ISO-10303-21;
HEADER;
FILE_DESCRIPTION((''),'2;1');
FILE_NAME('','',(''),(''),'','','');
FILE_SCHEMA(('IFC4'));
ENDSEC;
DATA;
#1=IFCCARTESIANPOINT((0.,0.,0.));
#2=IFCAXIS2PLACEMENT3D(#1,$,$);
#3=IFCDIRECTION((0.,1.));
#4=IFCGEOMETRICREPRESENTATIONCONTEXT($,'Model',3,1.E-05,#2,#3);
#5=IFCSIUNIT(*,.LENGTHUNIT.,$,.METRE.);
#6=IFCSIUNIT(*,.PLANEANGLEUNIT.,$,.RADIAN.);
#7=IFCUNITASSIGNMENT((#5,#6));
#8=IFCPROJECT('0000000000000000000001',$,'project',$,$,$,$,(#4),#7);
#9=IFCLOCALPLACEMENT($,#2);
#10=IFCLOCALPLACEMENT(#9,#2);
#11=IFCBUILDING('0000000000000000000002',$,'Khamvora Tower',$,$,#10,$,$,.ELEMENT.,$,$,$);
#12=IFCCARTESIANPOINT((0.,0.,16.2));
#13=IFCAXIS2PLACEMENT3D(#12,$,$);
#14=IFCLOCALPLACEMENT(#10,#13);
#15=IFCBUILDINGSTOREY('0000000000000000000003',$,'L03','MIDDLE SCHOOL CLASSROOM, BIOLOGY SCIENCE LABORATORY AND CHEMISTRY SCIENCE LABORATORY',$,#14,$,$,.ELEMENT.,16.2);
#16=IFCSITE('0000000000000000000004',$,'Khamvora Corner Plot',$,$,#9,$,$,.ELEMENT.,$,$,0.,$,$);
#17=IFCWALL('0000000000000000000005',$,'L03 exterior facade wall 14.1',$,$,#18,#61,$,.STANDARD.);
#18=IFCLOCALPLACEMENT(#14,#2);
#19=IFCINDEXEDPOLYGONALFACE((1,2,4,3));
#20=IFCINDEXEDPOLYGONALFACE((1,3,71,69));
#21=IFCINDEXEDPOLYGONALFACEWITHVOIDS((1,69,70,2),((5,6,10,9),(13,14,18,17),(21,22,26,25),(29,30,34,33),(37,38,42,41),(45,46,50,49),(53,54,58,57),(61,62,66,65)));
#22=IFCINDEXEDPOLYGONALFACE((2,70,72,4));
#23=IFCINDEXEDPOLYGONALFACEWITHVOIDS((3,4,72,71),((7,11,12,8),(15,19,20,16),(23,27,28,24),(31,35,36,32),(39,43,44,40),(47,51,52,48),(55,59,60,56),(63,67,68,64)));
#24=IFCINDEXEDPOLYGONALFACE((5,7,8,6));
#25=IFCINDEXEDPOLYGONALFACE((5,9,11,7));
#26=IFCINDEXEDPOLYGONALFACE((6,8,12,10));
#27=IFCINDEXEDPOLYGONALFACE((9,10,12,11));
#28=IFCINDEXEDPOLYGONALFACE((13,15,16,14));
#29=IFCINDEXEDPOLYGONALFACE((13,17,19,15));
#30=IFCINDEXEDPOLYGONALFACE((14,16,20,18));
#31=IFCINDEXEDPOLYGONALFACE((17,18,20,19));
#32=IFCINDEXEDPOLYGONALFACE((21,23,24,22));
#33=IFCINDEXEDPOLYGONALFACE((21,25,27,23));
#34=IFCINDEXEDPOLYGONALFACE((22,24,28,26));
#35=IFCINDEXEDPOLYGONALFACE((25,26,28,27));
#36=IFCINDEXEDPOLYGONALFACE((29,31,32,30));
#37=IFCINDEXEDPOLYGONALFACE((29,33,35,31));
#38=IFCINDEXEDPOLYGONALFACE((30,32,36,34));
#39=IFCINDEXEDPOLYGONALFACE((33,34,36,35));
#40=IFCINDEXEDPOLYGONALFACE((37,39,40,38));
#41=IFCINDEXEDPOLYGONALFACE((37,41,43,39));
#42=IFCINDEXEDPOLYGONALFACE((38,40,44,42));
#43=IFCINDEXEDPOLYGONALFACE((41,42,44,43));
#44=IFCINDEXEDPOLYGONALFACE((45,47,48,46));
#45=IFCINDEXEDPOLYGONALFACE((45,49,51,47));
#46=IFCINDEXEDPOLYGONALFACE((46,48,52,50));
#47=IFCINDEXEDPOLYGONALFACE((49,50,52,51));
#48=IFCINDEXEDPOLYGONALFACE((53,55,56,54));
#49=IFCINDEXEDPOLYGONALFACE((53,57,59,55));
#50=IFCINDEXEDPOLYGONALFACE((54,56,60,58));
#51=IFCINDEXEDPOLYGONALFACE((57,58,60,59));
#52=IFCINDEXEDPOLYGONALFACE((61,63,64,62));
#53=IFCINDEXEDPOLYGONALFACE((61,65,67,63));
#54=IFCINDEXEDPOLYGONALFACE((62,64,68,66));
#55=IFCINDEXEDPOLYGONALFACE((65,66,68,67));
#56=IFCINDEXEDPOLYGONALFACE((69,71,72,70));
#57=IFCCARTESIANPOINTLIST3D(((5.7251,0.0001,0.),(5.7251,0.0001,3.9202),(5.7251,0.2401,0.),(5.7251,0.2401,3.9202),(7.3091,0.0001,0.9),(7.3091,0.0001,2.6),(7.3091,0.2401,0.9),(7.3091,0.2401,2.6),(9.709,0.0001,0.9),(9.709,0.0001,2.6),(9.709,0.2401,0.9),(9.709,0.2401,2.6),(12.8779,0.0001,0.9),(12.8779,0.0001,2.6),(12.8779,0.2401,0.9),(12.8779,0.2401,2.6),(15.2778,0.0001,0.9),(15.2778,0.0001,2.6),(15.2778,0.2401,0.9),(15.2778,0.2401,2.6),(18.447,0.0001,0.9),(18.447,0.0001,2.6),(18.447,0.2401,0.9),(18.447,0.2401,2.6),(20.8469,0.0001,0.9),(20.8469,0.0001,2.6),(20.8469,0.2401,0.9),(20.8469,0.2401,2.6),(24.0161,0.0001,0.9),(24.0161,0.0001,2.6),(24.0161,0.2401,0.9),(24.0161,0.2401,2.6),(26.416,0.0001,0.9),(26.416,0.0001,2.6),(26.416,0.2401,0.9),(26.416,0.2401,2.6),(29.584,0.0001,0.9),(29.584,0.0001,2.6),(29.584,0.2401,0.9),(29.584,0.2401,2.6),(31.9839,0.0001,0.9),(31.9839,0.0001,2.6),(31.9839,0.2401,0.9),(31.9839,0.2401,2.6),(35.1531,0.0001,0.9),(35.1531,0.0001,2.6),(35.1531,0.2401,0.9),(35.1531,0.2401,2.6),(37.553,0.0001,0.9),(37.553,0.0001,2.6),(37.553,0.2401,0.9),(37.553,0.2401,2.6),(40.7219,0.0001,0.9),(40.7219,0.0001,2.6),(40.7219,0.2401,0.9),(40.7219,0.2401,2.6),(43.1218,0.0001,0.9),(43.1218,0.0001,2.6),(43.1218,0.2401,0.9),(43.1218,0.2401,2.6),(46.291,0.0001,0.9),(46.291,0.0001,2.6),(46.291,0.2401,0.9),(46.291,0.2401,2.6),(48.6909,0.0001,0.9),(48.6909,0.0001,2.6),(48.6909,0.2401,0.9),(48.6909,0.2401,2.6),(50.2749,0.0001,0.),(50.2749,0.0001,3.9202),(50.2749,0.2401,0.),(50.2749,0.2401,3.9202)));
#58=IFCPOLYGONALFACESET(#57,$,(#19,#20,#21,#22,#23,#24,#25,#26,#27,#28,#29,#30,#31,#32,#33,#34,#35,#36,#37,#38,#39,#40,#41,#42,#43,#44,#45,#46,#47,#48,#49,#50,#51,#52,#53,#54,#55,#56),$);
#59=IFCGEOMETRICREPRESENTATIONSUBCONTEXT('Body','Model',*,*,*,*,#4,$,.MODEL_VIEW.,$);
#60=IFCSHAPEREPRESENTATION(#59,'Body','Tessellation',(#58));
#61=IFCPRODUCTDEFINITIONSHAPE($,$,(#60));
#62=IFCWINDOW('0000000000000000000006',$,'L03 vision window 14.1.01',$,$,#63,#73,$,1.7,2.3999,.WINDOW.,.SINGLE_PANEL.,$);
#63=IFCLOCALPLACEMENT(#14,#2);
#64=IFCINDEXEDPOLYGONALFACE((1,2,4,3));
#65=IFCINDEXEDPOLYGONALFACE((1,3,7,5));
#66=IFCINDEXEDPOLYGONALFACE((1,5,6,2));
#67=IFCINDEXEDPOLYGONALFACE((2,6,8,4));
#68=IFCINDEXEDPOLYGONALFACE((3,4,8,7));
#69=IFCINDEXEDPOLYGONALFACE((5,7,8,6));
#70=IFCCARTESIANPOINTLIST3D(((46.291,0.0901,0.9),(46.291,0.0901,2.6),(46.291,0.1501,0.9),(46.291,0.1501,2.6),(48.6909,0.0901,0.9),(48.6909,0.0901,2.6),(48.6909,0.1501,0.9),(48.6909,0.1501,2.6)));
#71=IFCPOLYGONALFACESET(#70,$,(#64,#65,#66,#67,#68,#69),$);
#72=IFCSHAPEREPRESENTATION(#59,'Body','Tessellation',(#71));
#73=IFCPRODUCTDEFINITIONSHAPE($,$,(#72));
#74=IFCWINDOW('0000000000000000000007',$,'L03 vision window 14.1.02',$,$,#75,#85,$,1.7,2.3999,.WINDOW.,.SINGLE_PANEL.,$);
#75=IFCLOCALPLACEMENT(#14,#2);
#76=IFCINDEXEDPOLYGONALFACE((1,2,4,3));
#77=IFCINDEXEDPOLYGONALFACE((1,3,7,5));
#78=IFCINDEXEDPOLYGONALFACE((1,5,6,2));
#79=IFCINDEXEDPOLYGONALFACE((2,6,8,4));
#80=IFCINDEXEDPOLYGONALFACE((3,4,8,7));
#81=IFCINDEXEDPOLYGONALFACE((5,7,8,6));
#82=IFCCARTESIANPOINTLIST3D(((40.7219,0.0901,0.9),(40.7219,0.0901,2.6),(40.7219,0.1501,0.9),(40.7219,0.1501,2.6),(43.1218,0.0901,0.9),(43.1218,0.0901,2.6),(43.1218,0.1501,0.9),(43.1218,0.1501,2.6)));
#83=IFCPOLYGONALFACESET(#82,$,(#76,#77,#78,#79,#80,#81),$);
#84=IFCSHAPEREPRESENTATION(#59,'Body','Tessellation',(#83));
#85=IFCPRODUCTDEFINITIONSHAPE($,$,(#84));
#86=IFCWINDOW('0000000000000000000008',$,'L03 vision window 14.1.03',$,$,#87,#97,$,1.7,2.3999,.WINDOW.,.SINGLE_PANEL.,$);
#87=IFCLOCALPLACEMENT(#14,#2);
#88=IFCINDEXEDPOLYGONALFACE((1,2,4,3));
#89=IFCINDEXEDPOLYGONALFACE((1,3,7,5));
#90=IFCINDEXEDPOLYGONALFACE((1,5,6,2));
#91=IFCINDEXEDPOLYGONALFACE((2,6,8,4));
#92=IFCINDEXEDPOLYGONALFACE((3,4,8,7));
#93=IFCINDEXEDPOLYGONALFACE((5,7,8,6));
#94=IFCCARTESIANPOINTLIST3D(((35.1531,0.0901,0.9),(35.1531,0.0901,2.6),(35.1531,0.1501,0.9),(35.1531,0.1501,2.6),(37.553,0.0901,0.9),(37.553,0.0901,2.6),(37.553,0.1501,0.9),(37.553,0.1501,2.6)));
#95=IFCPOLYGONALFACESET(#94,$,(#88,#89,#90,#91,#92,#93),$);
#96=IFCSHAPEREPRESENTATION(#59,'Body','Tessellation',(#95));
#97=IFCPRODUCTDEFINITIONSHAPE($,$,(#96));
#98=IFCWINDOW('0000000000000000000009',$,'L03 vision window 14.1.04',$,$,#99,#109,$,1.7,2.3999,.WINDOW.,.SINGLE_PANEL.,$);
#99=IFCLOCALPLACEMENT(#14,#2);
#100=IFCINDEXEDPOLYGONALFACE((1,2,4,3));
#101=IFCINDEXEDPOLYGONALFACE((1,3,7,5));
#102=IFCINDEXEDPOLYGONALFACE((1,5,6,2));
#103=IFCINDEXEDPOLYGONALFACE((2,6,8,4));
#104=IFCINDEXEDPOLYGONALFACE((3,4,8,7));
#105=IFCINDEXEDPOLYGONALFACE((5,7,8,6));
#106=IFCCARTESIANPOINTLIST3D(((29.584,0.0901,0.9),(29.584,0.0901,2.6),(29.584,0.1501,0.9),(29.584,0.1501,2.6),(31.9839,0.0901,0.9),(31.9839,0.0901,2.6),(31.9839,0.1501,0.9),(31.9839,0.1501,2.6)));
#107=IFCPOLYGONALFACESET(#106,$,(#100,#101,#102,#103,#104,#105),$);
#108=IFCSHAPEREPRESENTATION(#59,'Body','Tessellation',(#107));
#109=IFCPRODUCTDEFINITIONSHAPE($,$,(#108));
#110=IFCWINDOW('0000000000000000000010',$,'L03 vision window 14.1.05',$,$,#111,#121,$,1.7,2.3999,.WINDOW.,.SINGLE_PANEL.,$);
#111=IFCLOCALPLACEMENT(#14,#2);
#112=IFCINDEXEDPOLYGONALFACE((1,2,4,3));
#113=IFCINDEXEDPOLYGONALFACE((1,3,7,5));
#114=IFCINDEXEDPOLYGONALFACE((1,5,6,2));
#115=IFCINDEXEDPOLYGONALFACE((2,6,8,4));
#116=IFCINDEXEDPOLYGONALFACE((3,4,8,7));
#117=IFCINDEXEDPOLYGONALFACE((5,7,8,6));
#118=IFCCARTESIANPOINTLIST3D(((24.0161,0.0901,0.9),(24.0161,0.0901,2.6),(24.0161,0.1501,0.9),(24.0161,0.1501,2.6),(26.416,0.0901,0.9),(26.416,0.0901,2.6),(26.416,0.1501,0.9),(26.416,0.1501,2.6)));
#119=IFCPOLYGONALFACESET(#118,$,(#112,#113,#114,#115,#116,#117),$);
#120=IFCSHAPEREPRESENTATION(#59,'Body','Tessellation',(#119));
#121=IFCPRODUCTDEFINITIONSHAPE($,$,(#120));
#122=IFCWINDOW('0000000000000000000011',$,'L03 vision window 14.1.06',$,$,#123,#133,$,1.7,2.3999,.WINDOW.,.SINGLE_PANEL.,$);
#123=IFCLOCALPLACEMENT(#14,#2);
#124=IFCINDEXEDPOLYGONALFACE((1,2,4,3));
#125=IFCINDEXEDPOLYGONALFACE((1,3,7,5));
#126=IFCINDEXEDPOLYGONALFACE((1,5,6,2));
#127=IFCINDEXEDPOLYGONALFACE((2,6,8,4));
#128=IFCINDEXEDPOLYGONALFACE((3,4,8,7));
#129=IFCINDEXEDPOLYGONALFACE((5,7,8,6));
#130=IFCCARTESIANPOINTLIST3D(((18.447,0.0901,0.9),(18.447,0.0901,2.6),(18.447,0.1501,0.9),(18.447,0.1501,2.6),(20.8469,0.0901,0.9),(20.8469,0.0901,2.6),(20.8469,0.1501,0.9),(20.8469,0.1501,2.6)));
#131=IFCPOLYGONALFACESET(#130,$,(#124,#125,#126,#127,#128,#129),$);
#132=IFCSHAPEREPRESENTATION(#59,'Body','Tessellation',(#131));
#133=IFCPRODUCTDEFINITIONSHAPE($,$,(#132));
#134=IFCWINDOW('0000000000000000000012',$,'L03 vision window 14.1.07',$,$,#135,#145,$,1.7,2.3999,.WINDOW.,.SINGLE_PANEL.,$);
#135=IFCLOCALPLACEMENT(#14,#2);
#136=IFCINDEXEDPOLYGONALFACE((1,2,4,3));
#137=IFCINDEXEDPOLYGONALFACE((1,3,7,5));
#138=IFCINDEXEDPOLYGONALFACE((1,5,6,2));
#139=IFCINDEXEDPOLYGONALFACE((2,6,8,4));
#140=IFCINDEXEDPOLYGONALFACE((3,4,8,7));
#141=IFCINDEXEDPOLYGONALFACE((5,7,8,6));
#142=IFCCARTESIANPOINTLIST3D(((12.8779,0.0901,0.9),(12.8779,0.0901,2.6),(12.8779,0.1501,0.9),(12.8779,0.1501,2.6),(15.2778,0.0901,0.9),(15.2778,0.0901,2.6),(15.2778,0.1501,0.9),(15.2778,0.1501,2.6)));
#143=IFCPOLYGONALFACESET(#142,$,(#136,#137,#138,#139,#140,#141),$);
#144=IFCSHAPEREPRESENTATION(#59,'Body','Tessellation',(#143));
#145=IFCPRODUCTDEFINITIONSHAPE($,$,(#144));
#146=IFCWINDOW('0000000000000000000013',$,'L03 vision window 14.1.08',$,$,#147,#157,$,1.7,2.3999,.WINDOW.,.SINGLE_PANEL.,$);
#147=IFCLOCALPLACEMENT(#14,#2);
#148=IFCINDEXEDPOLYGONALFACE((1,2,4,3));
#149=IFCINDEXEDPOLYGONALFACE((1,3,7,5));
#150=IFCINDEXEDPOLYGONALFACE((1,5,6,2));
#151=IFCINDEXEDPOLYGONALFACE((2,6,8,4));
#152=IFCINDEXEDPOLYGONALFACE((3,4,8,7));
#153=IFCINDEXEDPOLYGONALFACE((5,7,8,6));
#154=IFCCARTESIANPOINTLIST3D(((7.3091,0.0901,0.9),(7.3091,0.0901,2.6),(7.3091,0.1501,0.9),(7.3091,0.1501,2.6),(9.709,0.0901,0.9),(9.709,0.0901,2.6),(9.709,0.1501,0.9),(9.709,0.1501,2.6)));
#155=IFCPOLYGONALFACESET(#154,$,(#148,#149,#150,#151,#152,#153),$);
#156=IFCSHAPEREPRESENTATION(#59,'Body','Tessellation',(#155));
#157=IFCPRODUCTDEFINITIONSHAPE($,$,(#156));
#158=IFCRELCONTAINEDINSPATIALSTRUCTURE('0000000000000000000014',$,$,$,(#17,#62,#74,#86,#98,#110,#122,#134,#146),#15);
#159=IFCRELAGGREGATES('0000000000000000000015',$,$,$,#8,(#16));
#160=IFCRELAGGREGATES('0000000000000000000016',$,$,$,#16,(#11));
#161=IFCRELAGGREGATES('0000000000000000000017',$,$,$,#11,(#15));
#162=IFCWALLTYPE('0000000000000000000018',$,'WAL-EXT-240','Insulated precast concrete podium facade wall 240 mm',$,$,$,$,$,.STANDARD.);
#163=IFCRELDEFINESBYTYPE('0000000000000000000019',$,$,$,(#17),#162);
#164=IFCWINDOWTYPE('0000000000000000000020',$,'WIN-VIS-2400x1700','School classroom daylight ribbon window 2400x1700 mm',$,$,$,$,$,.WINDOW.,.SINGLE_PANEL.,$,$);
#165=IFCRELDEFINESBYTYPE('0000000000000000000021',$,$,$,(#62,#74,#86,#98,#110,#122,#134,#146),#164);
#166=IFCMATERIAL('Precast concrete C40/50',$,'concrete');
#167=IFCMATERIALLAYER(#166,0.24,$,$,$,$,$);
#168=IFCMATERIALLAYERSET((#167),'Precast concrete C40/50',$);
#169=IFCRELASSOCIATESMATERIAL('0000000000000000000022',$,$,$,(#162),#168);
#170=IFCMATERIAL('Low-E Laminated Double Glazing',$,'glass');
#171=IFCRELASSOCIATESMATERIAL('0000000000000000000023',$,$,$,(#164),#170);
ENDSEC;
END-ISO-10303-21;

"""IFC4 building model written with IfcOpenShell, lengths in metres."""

from ifc_helpers import new_model, si_unit, direction, frame, frame_2d, origin, place, context, subcontext, project, spatial, rectangle, extrude, material, layer, layer_set, type_object, element, fill, save


model = new_model("IFC4")

# Units and contexts
model_context = context("Model", 3, precision=1e-05, world=origin(), true_north=direction((0.0, 1.0)))
body_context = subcontext(model_context, "Body", "Model", "MODEL_VIEW")
ifc_project = project(units=[si_unit("LENGTHUNIT", "METRE"), si_unit("PLANEANGLEUNIT", "RADIAN")], contexts=[model_context])

# Site, building, storey
site_placement = place(None, origin())
site = spatial("IfcSite", under=ifc_project, at=site_placement, Name="Khamvora Corner Plot", CompositionType="ELEMENT", RefElevation=0.0)
building_placement = place(site_placement, origin())
building = spatial("IfcBuilding", under=site, at=building_placement, Name="Khamvora Tower", CompositionType="ELEMENT")
storey_placement = place(building_placement, frame((0.0, 0.0, 16.2)))
storey = spatial("IfcBuildingStorey", under=building, at=storey_placement, Name="L03", Description="MIDDLE SCHOOL CLASSROOM, BIOLOGY SCIENCE LABORATORY AND CHEMISTRY SCIENCE LABORATORY", CompositionType="ELEMENT", Elevation=16.2)

# Shared definitions
ifc_material_1 = material(Name="Precast concrete C40/50", Category="concrete")
ifc_layer_1 = layer(ifc_material_1, 0.24)
ifc_layer_set_1 = layer_set([ifc_layer_1], Name="Precast concrete C40/50")
wall_type_1 = type_object("IfcWallType", Name="WAL-EXT-240", Description="Insulated precast concrete podium facade wall 240 mm", PredefinedType="STANDARD", material=ifc_layer_set_1)

# Wall, openings, windows
wall_1_placement = place(storey_placement, frame((50.2749, 0.1201, 0.0), z_axis=(0.0, 0.0, 1.0), x_axis=(-1.0, 0.0, 0.0)))
wall_1 = element("IfcWall", 1, at=wall_1_placement, inside=storey, type_object=wall_type_1, Name="L03 exterior facade wall 14.1", PredefinedType="STANDARD", context=body_context, shape_type="SweptSolid", body=[
    extrude(rectangle(XDim=44.5498, YDim=0.24, at=frame_2d((22.2749, 0.0))), origin(), (0.0, 0.0, 1.0), 3.9202),
])
opening_1_placement = place(wall_1_placement, frame((1.584, 0.0, 0.8999)))
opening_1 = element("IfcOpeningElement", 2, at=opening_1_placement, cuts=wall_1, PredefinedType="OPENING", context=body_context, shape_type="SweptSolid", body=[
    extrude(rectangle(XDim=2.3999, YDim=1.7, at=frame_2d((1.2, 0.8501))), frame((0.0, 0.1299, 0.0), z_axis=(0.0, -1.0, 0.0), x_axis=(1.0, 0.0, 0.0)), (0.0, 0.0, 1.0), 0.26),
])
opening_2_placement = place(wall_1_placement, frame((7.1531, 0.0, 0.8999)))
opening_2 = element("IfcOpeningElement", 3, at=opening_2_placement, cuts=wall_1, PredefinedType="OPENING", context=body_context, shape_type="SweptSolid", body=[
    extrude(rectangle(XDim=2.3999, YDim=1.7, at=frame_2d((1.2, 0.8501))), frame((0.0, 0.1299, 0.0), z_axis=(0.0, -1.0, 0.0), x_axis=(1.0, 0.0, 0.0)), (0.0, 0.0, 1.0), 0.26),
])
opening_3_placement = place(wall_1_placement, frame((12.7219, 0.0, 0.8999)))
opening_3 = element("IfcOpeningElement", 4, at=opening_3_placement, cuts=wall_1, PredefinedType="OPENING", context=body_context, shape_type="SweptSolid", body=[
    extrude(rectangle(XDim=2.3999, YDim=1.7, at=frame_2d((1.2, 0.8501))), frame((0.0, 0.1299, 0.0), z_axis=(0.0, -1.0, 0.0), x_axis=(1.0, 0.0, 0.0)), (0.0, 0.0, 1.0), 0.26),
])
opening_4_placement = place(wall_1_placement, frame((18.291, 0.0, 0.8999)))
opening_4 = element("IfcOpeningElement", 5, at=opening_4_placement, cuts=wall_1, PredefinedType="OPENING", context=body_context, shape_type="SweptSolid", body=[
    extrude(rectangle(XDim=2.3999, YDim=1.7, at=frame_2d((1.2, 0.8501))), frame((0.0, 0.1299, 0.0), z_axis=(0.0, -1.0, 0.0), x_axis=(1.0, 0.0, 0.0)), (0.0, 0.0, 1.0), 0.26),
])
opening_5_placement = place(wall_1_placement, frame((23.8589, 0.0, 0.8999)))
opening_5 = element("IfcOpeningElement", 6, at=opening_5_placement, cuts=wall_1, PredefinedType="OPENING", context=body_context, shape_type="SweptSolid", body=[
    extrude(rectangle(XDim=2.3999, YDim=1.7, at=frame_2d((1.2, 0.8501))), frame((0.0, 0.1299, 0.0), z_axis=(0.0, -1.0, 0.0), x_axis=(1.0, 0.0, 0.0)), (0.0, 0.0, 1.0), 0.26),
])
opening_6_placement = place(wall_1_placement, frame((29.428, 0.0, 0.8999)))
opening_6 = element("IfcOpeningElement", 7, at=opening_6_placement, cuts=wall_1, PredefinedType="OPENING", context=body_context, shape_type="SweptSolid", body=[
    extrude(rectangle(XDim=2.3999, YDim=1.7, at=frame_2d((1.2, 0.8501))), frame((0.0, 0.1299, 0.0), z_axis=(0.0, -1.0, 0.0), x_axis=(1.0, 0.0, 0.0)), (0.0, 0.0, 1.0), 0.26),
])
opening_7_placement = place(wall_1_placement, frame((34.9971, 0.0, 0.8999)))
opening_7 = element("IfcOpeningElement", 8, at=opening_7_placement, cuts=wall_1, PredefinedType="OPENING", context=body_context, shape_type="SweptSolid", body=[
    extrude(rectangle(XDim=2.3999, YDim=1.7, at=frame_2d((1.2, 0.8501))), frame((0.0, 0.1299, 0.0), z_axis=(0.0, -1.0, 0.0), x_axis=(1.0, 0.0, 0.0)), (0.0, 0.0, 1.0), 0.26),
])
opening_8_placement = place(wall_1_placement, frame((40.5659, 0.0, 0.8999)))
opening_8 = element("IfcOpeningElement", 9, at=opening_8_placement, cuts=wall_1, PredefinedType="OPENING", context=body_context, shape_type="SweptSolid", body=[
    extrude(rectangle(XDim=2.3999, YDim=1.7, at=frame_2d((1.2, 0.8501))), frame((0.0, 0.1299, 0.0), z_axis=(0.0, -1.0, 0.0), x_axis=(1.0, 0.0, 0.0)), (0.0, 0.0, 1.0), 0.26),
])
ifc_material_2 = material(Name="Low-E Laminated Double Glazing", Category="glass")
window_type = type_object("IfcWindowType", Name="WIN-VIS-2400x1700", Description="School classroom daylight ribbon window 2400x1700 mm", PartitioningType="SINGLE_PANEL", PredefinedType="WINDOW", material=ifc_material_2)
window_1_placement = place(opening_1_placement, origin())
window_1 = element("IfcWindow", 10, at=window_1_placement, inside=storey, type_object=window_type, Name="L03 vision window 14.1.01", OverallHeight=1.7, OverallWidth=2.3999, PartitioningType="SINGLE_PANEL", PredefinedType="WINDOW", context=body_context, shape_type="SweptSolid", body=[
    extrude(rectangle(XDim=2.3999, YDim=1.7, at=frame_2d((1.2, 0.8501))), frame((0.0, 0.03, 0.0), z_axis=(0.0, -1.0, 0.0), x_axis=(1.0, 0.0, 0.0)), (0.0, 0.0, 1.0), 0.0601),
])
fill(opening_1, window_1)
window_2_placement = place(opening_2_placement, origin())
window_2 = element("IfcWindow", 11, at=window_2_placement, inside=storey, type_object=window_type, Name="L03 vision window 14.1.02", OverallHeight=1.7, OverallWidth=2.3999, PartitioningType="SINGLE_PANEL", PredefinedType="WINDOW", context=body_context, shape_type="SweptSolid", body=[
    extrude(rectangle(XDim=2.3999, YDim=1.7, at=frame_2d((1.2, 0.8501))), frame((0.0, 0.03, 0.0), z_axis=(0.0, -1.0, 0.0), x_axis=(1.0, 0.0, 0.0)), (0.0, 0.0, 1.0), 0.0601),
])
fill(opening_2, window_2)
window_3_placement = place(opening_3_placement, origin())
window_3 = element("IfcWindow", 12, at=window_3_placement, inside=storey, type_object=window_type, Name="L03 vision window 14.1.03", OverallHeight=1.7, OverallWidth=2.3999, PartitioningType="SINGLE_PANEL", PredefinedType="WINDOW", context=body_context, shape_type="SweptSolid", body=[
    extrude(rectangle(XDim=2.3999, YDim=1.7, at=frame_2d((1.2, 0.8501))), frame((0.0, 0.03, 0.0), z_axis=(0.0, -1.0, 0.0), x_axis=(1.0, 0.0, 0.0)), (0.0, 0.0, 1.0), 0.0601),
])
fill(opening_3, window_3)
window_4_placement = place(opening_4_placement, origin())
window_4 = element("IfcWindow", 13, at=window_4_placement, inside=storey, type_object=window_type, Name="L03 vision window 14.1.04", OverallHeight=1.7, OverallWidth=2.3999, PartitioningType="SINGLE_PANEL", PredefinedType="WINDOW", context=body_context, shape_type="SweptSolid", body=[
    extrude(rectangle(XDim=2.3999, YDim=1.7, at=frame_2d((1.2, 0.8501))), frame((0.0, 0.03, 0.0), z_axis=(0.0, -1.0, 0.0), x_axis=(1.0, 0.0, 0.0)), (0.0, 0.0, 1.0), 0.0601),
])
fill(opening_4, window_4)
window_5_placement = place(opening_5_placement, origin())
window_5 = element("IfcWindow", 14, at=window_5_placement, inside=storey, type_object=window_type, Name="L03 vision window 14.1.05", OverallHeight=1.7, OverallWidth=2.3999, PartitioningType="SINGLE_PANEL", PredefinedType="WINDOW", context=body_context, shape_type="SweptSolid", body=[
    extrude(rectangle(XDim=2.3999, YDim=1.7, at=frame_2d((1.2, 0.8501))), frame((0.0, 0.03, 0.0), z_axis=(0.0, -1.0, 0.0), x_axis=(1.0, 0.0, 0.0)), (0.0, 0.0, 1.0), 0.0601),
])
fill(opening_5, window_5)
window_6_placement = place(opening_6_placement, origin())
window_6 = element("IfcWindow", 15, at=window_6_placement, inside=storey, type_object=window_type, Name="L03 vision window 14.1.06", OverallHeight=1.7, OverallWidth=2.3999, PartitioningType="SINGLE_PANEL", PredefinedType="WINDOW", context=body_context, shape_type="SweptSolid", body=[
    extrude(rectangle(XDim=2.3999, YDim=1.7, at=frame_2d((1.2, 0.8501))), frame((0.0, 0.03, 0.0), z_axis=(0.0, -1.0, 0.0), x_axis=(1.0, 0.0, 0.0)), (0.0, 0.0, 1.0), 0.0601),
])
fill(opening_6, window_6)
window_7_placement = place(opening_7_placement, origin())
window_7 = element("IfcWindow", 16, at=window_7_placement, inside=storey, type_object=window_type, Name="L03 vision window 14.1.07", OverallHeight=1.7, OverallWidth=2.3999, PartitioningType="SINGLE_PANEL", PredefinedType="WINDOW", context=body_context, shape_type="SweptSolid", body=[
    extrude(rectangle(XDim=2.3999, YDim=1.7, at=frame_2d((1.2, 0.8501))), frame((0.0, 0.03, 0.0), z_axis=(0.0, -1.0, 0.0), x_axis=(1.0, 0.0, 0.0)), (0.0, 0.0, 1.0), 0.0601),
])
fill(opening_7, window_7)
window_8_placement = place(opening_8_placement, origin())
window_8 = element("IfcWindow", 17, at=window_8_placement, inside=storey, type_object=window_type, Name="L03 vision window 14.1.08", OverallHeight=1.7, OverallWidth=2.3999, PartitioningType="SINGLE_PANEL", PredefinedType="WINDOW", context=body_context, shape_type="SweptSolid", body=[
    extrude(rectangle(XDim=2.3999, YDim=1.7, at=frame_2d((1.2, 0.8501))), frame((0.0, 0.03, 0.0), z_axis=(0.0, -1.0, 0.0), x_axis=(1.0, 0.0, 0.0)), (0.0, 0.0, 1.0), 0.0601),
])
fill(opening_8, window_8)

save(model, "model.ifc")
